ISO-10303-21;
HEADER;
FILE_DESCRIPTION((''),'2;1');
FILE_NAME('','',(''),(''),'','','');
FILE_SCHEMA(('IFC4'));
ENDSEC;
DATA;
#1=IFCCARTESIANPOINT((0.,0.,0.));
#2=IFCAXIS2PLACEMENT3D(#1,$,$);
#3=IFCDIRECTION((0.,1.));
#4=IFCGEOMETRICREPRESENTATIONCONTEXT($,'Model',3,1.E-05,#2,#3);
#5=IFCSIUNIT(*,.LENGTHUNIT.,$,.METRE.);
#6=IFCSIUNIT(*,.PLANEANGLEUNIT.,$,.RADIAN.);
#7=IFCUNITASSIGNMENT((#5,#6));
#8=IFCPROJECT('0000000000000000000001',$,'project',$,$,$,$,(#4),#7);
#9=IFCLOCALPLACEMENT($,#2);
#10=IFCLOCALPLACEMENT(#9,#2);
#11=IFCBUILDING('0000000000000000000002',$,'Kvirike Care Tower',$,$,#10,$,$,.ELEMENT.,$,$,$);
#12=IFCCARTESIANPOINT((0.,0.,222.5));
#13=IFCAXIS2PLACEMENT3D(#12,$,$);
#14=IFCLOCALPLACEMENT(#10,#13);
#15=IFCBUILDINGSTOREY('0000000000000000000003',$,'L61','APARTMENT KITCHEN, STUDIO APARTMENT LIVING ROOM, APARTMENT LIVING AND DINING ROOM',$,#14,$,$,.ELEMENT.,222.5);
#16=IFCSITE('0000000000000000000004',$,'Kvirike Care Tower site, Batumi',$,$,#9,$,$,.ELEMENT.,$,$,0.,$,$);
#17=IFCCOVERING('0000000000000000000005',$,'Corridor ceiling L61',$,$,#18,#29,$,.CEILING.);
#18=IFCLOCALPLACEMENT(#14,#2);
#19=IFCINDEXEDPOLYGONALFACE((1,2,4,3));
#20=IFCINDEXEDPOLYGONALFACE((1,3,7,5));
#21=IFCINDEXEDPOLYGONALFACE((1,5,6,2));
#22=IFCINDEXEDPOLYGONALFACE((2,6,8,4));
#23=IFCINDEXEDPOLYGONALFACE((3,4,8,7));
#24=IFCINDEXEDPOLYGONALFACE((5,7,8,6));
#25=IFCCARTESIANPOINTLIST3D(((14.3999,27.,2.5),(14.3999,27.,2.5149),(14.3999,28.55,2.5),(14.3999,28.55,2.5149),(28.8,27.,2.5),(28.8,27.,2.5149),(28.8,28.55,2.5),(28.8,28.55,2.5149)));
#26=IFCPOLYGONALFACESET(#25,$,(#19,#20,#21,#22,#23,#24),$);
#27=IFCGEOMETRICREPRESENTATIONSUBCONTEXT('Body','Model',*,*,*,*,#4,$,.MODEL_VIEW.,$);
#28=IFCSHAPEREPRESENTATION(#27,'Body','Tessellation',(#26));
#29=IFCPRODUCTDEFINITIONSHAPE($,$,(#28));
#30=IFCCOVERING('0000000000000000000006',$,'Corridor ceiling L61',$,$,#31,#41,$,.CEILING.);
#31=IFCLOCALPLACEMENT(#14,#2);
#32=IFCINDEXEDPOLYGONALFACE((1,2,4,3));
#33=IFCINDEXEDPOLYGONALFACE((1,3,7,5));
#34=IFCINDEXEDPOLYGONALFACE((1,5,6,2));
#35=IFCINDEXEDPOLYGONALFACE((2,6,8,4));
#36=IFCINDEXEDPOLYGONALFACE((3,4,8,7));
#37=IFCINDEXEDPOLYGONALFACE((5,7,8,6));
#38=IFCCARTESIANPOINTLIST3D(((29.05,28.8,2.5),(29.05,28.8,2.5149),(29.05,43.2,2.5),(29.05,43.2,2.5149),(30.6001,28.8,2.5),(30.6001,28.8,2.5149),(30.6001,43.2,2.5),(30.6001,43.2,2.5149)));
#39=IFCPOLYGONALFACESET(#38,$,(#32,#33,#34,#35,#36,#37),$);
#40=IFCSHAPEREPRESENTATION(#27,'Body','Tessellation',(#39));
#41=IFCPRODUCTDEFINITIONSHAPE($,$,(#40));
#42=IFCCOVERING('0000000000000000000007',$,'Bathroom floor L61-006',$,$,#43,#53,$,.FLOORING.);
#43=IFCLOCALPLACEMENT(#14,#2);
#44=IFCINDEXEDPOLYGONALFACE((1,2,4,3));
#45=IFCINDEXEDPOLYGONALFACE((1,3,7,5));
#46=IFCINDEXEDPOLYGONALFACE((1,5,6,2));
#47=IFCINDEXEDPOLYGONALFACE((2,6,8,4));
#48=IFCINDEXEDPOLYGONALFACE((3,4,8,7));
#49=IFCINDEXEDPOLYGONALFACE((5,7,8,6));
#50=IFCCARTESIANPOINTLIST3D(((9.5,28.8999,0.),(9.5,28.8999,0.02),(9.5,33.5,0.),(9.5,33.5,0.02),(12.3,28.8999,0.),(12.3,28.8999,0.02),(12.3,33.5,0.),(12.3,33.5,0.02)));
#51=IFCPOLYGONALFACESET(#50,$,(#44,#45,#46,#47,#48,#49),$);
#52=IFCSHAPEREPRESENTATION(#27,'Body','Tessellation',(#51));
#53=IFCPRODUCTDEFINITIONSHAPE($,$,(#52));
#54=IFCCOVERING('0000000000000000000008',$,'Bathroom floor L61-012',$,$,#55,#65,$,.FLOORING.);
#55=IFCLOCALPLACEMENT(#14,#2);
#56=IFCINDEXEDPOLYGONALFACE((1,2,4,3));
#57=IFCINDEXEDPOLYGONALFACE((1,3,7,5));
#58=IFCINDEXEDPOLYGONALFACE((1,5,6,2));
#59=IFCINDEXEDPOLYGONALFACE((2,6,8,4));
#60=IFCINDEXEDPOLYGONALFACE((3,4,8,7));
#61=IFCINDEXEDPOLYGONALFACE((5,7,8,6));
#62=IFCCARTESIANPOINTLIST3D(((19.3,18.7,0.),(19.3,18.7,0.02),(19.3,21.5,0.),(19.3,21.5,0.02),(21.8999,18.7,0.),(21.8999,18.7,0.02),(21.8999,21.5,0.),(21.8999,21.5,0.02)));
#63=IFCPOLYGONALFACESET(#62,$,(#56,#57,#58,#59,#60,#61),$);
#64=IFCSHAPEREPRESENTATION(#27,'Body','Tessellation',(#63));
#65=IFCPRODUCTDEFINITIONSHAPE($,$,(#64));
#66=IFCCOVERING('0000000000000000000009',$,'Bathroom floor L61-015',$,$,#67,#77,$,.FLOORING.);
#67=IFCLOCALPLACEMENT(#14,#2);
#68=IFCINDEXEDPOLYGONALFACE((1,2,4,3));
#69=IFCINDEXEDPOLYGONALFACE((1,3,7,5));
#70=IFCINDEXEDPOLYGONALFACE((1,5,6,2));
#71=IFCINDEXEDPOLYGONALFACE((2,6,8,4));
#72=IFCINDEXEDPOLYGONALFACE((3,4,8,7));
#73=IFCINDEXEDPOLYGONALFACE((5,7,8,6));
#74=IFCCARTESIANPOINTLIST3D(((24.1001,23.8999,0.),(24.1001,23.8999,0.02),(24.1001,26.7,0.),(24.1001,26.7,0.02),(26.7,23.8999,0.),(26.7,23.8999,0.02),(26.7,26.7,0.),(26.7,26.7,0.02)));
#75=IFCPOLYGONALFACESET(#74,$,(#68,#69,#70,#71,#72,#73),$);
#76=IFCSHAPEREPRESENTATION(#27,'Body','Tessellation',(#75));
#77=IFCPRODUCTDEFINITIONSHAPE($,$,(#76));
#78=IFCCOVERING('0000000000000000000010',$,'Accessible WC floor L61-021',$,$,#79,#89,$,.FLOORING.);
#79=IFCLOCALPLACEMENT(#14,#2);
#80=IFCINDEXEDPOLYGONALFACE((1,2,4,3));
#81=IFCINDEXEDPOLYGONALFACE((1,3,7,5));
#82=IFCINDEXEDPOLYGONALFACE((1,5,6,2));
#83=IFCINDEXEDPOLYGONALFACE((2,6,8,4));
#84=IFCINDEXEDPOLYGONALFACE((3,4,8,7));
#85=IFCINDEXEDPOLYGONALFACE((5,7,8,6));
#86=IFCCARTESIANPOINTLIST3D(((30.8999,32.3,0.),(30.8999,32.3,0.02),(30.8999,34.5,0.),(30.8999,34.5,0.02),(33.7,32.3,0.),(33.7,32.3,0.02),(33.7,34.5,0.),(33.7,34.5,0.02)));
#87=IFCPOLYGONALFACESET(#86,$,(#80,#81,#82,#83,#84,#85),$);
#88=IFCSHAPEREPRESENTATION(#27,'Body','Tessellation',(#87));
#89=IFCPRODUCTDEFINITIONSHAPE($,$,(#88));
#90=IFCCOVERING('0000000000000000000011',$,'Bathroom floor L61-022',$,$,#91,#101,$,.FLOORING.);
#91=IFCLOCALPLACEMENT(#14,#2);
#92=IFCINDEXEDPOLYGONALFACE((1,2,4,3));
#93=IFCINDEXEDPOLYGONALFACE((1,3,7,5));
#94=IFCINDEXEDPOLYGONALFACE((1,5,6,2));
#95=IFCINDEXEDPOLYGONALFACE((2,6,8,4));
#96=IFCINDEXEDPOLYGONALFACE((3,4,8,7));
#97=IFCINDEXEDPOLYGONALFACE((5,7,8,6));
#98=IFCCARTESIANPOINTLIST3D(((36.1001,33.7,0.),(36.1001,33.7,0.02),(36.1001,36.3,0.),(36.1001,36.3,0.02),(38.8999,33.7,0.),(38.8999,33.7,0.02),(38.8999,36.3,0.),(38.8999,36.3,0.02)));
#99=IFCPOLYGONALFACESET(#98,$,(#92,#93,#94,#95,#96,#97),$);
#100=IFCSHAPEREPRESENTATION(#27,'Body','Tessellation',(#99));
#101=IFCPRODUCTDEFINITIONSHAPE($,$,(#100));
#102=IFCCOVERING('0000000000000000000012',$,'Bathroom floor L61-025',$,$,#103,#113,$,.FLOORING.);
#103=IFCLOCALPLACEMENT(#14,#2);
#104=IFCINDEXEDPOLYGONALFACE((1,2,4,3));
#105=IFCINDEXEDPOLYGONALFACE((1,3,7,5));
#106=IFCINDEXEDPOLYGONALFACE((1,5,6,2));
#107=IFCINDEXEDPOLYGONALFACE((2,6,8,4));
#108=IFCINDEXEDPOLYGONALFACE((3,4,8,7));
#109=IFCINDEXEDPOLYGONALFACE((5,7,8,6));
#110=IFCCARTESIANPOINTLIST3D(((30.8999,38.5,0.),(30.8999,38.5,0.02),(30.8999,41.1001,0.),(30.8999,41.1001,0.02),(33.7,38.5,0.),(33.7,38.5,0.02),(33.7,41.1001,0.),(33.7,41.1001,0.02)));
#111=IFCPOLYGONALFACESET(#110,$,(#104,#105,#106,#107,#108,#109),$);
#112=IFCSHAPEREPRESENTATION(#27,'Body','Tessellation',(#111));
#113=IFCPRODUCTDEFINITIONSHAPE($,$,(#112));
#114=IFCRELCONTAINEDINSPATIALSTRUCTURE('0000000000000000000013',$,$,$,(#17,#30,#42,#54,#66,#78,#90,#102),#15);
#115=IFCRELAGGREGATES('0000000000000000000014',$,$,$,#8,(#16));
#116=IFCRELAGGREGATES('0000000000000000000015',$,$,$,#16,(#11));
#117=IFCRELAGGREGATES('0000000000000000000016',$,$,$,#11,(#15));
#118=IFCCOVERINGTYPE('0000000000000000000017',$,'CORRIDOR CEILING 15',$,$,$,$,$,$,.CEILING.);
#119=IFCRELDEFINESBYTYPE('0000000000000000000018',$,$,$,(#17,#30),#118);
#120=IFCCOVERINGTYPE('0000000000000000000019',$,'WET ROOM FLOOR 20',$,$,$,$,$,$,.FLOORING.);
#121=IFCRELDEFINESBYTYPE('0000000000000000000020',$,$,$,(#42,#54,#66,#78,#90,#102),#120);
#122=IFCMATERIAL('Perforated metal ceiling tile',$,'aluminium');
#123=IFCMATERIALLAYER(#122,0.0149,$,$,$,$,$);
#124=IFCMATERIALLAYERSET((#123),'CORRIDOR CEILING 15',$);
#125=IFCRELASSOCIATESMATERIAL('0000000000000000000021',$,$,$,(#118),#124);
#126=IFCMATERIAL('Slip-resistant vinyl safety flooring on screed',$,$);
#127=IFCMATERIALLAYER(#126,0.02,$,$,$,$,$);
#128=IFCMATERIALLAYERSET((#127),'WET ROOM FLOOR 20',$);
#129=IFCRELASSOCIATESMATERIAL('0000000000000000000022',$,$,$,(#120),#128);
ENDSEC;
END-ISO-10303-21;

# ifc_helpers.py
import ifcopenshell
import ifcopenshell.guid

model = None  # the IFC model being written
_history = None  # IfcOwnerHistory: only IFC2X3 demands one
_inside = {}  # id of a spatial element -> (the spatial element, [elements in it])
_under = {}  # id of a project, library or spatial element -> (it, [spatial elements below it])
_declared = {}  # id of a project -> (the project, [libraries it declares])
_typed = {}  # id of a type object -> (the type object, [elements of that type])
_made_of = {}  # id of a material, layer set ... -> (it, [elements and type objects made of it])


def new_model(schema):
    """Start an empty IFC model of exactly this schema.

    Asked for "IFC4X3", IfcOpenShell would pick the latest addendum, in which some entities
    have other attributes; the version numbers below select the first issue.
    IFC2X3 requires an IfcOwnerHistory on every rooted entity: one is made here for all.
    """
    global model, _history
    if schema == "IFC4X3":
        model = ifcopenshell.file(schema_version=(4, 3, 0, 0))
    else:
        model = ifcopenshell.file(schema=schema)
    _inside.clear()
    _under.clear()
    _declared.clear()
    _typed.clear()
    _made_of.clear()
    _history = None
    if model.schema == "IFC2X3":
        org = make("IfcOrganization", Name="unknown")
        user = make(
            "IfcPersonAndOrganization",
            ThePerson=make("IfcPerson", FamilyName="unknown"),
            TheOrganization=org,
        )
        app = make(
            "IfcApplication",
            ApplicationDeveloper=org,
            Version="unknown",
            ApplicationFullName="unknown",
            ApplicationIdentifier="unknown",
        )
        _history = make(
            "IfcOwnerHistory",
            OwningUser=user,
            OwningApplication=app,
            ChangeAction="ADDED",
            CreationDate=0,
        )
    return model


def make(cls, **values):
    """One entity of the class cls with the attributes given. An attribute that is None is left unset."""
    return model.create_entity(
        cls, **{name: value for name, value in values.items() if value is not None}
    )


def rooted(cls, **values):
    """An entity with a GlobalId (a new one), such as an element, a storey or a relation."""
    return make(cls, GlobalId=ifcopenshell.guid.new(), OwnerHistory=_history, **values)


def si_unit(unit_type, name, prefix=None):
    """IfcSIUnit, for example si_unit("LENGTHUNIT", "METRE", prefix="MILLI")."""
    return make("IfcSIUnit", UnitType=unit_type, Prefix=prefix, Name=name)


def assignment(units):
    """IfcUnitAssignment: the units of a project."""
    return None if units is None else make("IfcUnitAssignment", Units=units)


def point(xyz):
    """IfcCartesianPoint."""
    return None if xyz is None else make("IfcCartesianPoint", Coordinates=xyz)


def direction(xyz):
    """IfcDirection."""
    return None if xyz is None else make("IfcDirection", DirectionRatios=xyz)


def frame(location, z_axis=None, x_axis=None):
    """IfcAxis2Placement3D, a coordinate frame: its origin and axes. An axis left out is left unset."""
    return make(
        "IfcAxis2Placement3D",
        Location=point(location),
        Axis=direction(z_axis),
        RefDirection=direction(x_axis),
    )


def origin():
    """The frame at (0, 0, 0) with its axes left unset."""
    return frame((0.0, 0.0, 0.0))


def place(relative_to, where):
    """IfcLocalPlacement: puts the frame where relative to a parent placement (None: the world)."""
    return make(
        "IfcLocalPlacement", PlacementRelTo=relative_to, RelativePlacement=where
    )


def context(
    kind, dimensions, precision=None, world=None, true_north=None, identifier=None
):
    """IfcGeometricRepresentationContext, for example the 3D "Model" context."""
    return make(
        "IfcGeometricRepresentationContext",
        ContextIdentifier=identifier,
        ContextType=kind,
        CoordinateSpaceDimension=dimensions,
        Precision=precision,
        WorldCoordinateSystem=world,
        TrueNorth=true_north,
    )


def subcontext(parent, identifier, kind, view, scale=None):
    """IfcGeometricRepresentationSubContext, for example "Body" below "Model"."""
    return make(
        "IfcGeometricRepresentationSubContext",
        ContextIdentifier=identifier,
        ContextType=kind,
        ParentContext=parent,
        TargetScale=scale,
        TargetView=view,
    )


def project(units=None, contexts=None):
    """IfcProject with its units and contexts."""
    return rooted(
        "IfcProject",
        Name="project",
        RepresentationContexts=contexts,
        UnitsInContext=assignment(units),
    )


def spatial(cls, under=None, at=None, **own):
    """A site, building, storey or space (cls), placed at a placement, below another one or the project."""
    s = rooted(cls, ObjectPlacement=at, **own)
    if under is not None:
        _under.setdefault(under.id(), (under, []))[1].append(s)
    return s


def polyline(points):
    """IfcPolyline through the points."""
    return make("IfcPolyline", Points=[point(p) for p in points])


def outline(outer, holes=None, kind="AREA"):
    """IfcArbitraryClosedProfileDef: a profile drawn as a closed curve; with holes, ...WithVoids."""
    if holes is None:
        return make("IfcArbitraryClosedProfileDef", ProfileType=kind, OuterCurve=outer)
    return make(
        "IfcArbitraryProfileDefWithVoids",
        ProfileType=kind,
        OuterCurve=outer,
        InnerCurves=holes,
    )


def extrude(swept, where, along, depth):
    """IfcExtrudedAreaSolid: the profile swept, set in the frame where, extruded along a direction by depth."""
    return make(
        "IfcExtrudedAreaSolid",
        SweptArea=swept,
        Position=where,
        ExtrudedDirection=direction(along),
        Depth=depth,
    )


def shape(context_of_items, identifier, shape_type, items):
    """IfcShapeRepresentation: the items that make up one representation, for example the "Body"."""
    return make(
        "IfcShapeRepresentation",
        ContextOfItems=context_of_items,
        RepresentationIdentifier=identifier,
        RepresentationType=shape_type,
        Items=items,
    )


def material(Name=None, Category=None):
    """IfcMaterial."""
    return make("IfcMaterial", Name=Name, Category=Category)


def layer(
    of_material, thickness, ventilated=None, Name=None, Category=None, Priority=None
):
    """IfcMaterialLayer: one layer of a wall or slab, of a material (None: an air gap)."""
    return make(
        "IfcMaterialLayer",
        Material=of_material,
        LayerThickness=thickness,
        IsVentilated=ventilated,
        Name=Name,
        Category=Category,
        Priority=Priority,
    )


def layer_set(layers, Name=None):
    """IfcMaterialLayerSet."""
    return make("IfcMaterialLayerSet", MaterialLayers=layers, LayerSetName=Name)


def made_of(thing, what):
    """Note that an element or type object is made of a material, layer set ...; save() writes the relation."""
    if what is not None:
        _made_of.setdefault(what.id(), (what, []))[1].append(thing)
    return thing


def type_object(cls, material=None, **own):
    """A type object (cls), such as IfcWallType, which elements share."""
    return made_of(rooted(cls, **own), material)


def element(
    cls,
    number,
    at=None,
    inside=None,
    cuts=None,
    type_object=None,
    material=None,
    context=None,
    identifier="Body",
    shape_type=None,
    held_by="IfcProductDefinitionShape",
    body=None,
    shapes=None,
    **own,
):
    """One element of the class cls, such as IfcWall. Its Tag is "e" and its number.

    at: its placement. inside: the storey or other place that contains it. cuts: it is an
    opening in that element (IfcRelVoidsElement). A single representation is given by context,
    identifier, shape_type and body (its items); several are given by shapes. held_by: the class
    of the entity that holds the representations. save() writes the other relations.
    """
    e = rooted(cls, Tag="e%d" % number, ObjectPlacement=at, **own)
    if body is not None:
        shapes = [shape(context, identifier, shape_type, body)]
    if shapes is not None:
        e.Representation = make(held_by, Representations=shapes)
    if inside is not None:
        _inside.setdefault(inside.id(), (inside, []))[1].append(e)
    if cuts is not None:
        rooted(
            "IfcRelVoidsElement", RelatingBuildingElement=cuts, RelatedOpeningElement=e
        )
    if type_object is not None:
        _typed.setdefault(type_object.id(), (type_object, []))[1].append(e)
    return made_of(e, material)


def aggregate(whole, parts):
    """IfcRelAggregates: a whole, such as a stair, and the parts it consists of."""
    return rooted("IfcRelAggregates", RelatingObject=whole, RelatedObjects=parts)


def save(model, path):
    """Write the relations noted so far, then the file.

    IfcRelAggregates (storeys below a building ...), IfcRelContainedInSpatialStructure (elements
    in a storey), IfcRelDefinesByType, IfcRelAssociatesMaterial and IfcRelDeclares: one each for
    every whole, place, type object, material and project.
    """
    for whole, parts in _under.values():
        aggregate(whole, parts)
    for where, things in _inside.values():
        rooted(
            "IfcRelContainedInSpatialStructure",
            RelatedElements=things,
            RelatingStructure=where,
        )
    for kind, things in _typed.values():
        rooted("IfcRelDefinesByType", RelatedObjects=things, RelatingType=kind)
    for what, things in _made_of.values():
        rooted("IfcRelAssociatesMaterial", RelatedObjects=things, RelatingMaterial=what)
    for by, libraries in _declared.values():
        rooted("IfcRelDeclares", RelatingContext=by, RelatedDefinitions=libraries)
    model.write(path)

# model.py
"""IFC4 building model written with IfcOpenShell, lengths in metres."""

from ifc_helpers import new_model, si_unit, direction, frame, origin, place, context, subcontext, project, spatial, polyline, outline, extrude, material, layer, layer_set, type_object, element, save


model = new_model("IFC4")

# Units and contexts
model_context = context("Model", 3, precision=1e-05, world=origin(), true_north=direction((0.0, 1.0)))
body_context = subcontext(model_context, "Body", "Model", "MODEL_VIEW")
ifc_project = project(units=[si_unit("LENGTHUNIT", "METRE"), si_unit("PLANEANGLEUNIT", "RADIAN")], contexts=[model_context])

# Site, building, storey
site_placement = place(None, origin())
site = spatial("IfcSite", under=ifc_project, at=site_placement, Name="Kvirike Care Tower site, Batumi", CompositionType="ELEMENT", RefElevation=0.0)
building_placement = place(site_placement, origin())
building = spatial("IfcBuilding", under=site, at=building_placement, Name="Kvirike Care Tower", CompositionType="ELEMENT")
storey_placement = place(building_placement, frame((0.0, 0.0, 222.5)))
storey = spatial("IfcBuildingStorey", under=building, at=storey_placement, Name="L61", Description="APARTMENT KITCHEN, STUDIO APARTMENT LIVING ROOM, APARTMENT LIVING AND DINING ROOM", CompositionType="ELEMENT", Elevation=222.5)

# Coverings
ifc_material_1 = material(Name="Perforated metal ceiling tile", Category="aluminium")
ifc_layer_1 = layer(ifc_material_1, 0.0149)
ifc_layer_set_1 = layer_set([ifc_layer_1], Name="CORRIDOR CEILING 15")
covering_type_1 = type_object("IfcCoveringType", Name="CORRIDOR CEILING 15", PredefinedType="CEILING", material=ifc_layer_set_1)
covering_1_placement = place(storey_placement, frame((0.0, 0.0, 2.5)))
element("IfcCovering", 1, at=covering_1_placement, inside=storey, type_object=covering_type_1, Name="Corridor ceiling L61", PredefinedType="CEILING", context=body_context, shape_type="SweptSolid", body=[
    extrude(outline(polyline([(14.3999, 27.0), (14.3999, 28.55), (28.8, 28.55), (28.8, 27.0), (14.3999, 27.0)])), origin(), (0.0, 0.0, 1.0), 0.0149),
])
covering_2_placement = place(storey_placement, frame((0.0, 0.0, 2.5)))
element("IfcCovering", 2, at=covering_2_placement, inside=storey, type_object=covering_type_1, Name="Corridor ceiling L61", PredefinedType="CEILING", context=body_context, shape_type="SweptSolid", body=[
    extrude(outline(polyline([(30.6001, 28.8), (29.05, 28.8), (29.05, 43.2), (30.6001, 43.2), (30.6001, 28.8)])), origin(), (0.0, 0.0, 1.0), 0.0149),
])
ifc_material_2 = material(Name="Slip-resistant vinyl safety flooring on screed")
ifc_layer_2 = layer(ifc_material_2, 0.02)
ifc_layer_set_2 = layer_set([ifc_layer_2], Name="WET ROOM FLOOR 20")
covering_type_2 = type_object("IfcCoveringType", Name="WET ROOM FLOOR 20", PredefinedType="FLOORING", material=ifc_layer_set_2)
covering_3_placement = place(storey_placement, origin())
element("IfcCovering", 3, at=covering_3_placement, inside=storey, type_object=covering_type_2, Name="Bathroom floor L61-006", PredefinedType="FLOORING", context=body_context, shape_type="SweptSolid", body=[
    extrude(outline(polyline([(9.5, 33.5), (12.3, 33.5), (12.3, 28.8999), (9.5, 28.8999), (9.5, 33.5)])), origin(), (0.0, 0.0, 1.0), 0.02),
])
covering_4_placement = place(storey_placement, origin())
element("IfcCovering", 4, at=covering_4_placement, inside=storey, type_object=covering_type_2, Name="Bathroom floor L61-012", PredefinedType="FLOORING", context=body_context, shape_type="SweptSolid", body=[
    extrude(outline(polyline([(19.3, 18.7), (19.3, 21.5), (21.8999, 21.5), (21.8999, 18.7), (19.3, 18.7)])), origin(), (0.0, 0.0, 1.0), 0.02),
])
covering_5_placement = place(storey_placement, origin())
element("IfcCovering", 5, at=covering_5_placement, inside=storey, type_object=covering_type_2, Name="Bathroom floor L61-015", PredefinedType="FLOORING", context=body_context, shape_type="SweptSolid", body=[
    extrude(outline(polyline([(24.1001, 23.8999), (24.1001, 26.7), (26.7, 26.7), (26.7, 23.8999), (24.1001, 23.8999)])), origin(), (0.0, 0.0, 1.0), 0.02),
])
covering_6_placement = place(storey_placement, origin())
element("IfcCovering", 6, at=covering_6_placement, inside=storey, type_object=covering_type_2, Name="Accessible WC floor L61-021", PredefinedType="FLOORING", context=body_context, shape_type="SweptSolid", body=[
    extrude(outline(polyline([(33.7, 32.3), (30.8999, 32.3), (30.8999, 34.5), (33.7, 34.5), (33.7, 32.3)])), origin(), (0.0, 0.0, 1.0), 0.02),
])
covering_7_placement = place(storey_placement, origin())
element("IfcCovering", 7, at=covering_7_placement, inside=storey, type_object=covering_type_2, Name="Bathroom floor L61-022", PredefinedType="FLOORING", context=body_context, shape_type="SweptSolid", body=[
    extrude(outline(polyline([(38.8999, 33.7), (36.1001, 33.7), (36.1001, 36.3), (38.8999, 36.3), (38.8999, 33.7)])), origin(), (0.0, 0.0, 1.0), 0.02),
])
covering_8_placement = place(storey_placement, origin())
element("IfcCovering", 8, at=covering_8_placement, inside=storey, type_object=covering_type_2, Name="Bathroom floor L61-025", PredefinedType="FLOORING", context=body_context, shape_type="SweptSolid", body=[
    extrude(outline(polyline([(33.7, 38.5), (30.8999, 38.5), (30.8999, 41.1001), (33.7, 41.1001), (33.7, 38.5)])), origin(), (0.0, 0.0, 1.0), 0.02),
])

save(model, "model.ifc")
